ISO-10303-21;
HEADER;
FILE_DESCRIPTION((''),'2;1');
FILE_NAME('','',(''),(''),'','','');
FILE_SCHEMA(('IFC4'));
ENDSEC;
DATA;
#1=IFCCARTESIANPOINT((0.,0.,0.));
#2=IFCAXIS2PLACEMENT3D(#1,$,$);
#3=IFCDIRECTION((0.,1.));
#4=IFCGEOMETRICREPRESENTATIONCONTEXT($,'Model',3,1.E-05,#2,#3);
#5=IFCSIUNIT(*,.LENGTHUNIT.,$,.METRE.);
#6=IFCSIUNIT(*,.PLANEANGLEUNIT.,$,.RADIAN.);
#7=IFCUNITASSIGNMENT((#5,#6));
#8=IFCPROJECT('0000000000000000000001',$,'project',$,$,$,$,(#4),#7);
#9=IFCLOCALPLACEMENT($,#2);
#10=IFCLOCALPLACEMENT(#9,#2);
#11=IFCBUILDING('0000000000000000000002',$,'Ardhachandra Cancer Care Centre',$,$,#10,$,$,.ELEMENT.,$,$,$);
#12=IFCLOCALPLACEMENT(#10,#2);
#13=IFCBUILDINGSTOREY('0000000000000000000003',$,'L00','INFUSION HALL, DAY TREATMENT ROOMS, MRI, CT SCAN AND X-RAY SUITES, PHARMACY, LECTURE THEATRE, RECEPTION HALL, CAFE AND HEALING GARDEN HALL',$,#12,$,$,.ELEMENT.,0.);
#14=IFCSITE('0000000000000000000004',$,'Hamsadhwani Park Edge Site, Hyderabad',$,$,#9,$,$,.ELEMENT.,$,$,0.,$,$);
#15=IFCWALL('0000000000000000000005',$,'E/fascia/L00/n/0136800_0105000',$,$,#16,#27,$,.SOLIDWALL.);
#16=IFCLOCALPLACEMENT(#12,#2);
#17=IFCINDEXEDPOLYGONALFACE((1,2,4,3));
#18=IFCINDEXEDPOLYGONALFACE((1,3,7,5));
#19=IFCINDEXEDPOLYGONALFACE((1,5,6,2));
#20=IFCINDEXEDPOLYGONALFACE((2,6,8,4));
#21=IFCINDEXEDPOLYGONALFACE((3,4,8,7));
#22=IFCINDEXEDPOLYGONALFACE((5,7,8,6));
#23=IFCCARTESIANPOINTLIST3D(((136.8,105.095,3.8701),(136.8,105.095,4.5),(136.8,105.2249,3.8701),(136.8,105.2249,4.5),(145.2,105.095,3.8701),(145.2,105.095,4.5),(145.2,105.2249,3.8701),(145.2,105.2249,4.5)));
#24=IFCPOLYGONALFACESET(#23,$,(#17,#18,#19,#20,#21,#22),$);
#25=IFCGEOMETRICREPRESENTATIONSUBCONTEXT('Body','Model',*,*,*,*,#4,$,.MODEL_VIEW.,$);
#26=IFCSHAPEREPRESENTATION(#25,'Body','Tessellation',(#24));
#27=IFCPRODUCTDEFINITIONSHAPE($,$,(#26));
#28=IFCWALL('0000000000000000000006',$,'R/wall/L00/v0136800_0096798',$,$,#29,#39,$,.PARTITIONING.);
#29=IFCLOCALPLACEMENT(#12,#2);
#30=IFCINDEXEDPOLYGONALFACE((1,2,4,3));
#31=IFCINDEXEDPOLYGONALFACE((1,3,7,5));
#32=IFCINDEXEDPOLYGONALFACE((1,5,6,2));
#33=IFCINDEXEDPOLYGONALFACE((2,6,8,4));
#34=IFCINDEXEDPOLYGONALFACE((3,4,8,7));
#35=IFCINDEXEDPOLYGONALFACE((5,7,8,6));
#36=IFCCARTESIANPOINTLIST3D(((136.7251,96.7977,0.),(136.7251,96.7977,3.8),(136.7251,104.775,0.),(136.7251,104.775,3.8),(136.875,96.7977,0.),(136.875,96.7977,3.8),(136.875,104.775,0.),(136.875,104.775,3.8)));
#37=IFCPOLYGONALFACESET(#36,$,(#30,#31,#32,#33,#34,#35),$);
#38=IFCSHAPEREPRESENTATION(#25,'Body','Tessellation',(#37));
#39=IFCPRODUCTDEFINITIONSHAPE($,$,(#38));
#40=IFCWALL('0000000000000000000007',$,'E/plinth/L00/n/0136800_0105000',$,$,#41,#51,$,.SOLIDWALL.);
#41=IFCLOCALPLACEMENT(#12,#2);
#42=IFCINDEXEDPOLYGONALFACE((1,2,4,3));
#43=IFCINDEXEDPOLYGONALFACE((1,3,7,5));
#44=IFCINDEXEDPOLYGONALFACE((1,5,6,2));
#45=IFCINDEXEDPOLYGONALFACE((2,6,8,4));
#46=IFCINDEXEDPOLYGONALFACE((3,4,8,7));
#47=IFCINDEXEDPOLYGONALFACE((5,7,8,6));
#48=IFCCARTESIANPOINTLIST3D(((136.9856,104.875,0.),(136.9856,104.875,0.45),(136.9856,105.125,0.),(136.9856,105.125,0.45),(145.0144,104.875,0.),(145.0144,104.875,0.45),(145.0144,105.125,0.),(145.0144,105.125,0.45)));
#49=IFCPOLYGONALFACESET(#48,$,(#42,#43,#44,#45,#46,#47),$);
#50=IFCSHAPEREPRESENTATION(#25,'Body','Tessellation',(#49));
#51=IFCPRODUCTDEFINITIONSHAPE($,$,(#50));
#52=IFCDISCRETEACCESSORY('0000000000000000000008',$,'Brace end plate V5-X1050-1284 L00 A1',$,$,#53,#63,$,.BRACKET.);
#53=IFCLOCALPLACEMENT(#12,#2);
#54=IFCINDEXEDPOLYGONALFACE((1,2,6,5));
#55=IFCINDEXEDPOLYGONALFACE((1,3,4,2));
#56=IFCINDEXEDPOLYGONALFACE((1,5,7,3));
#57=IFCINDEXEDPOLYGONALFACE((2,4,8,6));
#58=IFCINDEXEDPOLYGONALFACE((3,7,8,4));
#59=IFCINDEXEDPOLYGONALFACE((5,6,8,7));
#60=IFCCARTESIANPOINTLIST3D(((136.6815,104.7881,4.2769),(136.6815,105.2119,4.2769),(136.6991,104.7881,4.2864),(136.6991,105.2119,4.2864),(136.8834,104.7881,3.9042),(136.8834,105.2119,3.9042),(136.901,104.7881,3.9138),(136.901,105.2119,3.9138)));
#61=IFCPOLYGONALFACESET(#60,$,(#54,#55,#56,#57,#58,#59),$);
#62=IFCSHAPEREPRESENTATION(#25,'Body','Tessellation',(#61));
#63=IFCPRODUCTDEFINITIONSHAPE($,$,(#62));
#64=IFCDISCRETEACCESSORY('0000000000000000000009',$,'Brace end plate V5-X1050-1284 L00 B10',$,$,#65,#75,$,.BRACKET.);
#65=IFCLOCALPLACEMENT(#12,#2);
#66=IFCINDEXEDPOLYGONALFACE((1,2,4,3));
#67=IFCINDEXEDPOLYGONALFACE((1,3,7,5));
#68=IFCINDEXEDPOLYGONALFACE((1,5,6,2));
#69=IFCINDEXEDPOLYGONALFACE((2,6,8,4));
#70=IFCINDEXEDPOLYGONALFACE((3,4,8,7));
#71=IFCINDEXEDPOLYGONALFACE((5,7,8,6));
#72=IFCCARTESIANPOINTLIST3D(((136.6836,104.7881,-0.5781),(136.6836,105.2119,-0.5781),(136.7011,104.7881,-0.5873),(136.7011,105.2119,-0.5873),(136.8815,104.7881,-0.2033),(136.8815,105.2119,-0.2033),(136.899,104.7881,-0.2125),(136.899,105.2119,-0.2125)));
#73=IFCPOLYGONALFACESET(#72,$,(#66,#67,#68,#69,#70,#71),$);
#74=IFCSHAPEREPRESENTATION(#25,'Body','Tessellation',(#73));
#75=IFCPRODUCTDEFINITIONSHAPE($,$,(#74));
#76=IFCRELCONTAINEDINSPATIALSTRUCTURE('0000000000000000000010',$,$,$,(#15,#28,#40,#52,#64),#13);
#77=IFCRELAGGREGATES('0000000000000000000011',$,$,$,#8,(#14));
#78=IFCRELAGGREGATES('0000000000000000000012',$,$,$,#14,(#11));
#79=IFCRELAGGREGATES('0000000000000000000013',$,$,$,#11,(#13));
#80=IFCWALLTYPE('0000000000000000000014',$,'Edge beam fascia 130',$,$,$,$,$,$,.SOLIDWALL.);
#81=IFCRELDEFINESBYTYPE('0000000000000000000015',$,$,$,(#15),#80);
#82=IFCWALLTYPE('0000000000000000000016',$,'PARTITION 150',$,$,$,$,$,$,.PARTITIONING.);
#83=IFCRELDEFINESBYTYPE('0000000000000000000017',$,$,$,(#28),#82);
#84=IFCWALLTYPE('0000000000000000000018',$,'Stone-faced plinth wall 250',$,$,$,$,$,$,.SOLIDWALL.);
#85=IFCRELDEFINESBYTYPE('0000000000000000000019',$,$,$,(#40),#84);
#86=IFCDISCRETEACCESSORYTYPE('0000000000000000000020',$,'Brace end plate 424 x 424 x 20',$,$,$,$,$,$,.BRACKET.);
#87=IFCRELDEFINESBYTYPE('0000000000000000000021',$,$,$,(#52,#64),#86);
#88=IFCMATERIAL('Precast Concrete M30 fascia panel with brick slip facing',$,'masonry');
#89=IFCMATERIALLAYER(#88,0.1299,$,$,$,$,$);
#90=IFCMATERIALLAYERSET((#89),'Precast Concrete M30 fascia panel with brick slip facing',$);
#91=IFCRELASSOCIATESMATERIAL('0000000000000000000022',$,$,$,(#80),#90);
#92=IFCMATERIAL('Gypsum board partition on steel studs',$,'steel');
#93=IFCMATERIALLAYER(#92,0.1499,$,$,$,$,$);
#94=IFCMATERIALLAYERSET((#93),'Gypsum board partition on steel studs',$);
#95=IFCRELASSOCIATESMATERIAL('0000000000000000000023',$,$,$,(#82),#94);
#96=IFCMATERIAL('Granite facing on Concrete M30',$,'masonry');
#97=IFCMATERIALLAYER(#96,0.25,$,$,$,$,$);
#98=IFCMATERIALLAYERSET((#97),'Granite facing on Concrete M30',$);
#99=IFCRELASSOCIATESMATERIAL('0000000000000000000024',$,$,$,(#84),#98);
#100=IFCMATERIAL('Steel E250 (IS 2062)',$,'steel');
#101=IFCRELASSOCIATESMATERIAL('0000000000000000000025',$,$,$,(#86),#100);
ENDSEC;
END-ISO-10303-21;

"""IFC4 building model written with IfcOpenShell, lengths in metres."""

from ifc_helpers import new_model, si_unit, direction, frame, frame_2d, origin, origin_2d, place, context, subcontext, project, spatial, rectangle, extrude, material, layer, layer_set, material_profile, profile_set, type_object, element, save


model = new_model("IFC4")

# Units and contexts
model_context = context("Model", 3, precision=1e-05, world=origin(), true_north=direction((0.0, 1.0)))
body_context = subcontext(model_context, "Body", "Model", "MODEL_VIEW")
ifc_project = project(units=[si_unit("LENGTHUNIT", "METRE"), si_unit("PLANEANGLEUNIT", "RADIAN")], contexts=[model_context])

# Site, building, storey
site_placement = place(None, origin())
site = spatial("IfcSite", under=ifc_project, at=site_placement, Name="Hamsadhwani Park Edge Site, Hyderabad", CompositionType="ELEMENT", RefElevation=0.0)
building_placement = place(site_placement, origin())
building = spatial("IfcBuilding", under=site, at=building_placement, Name="Ardhachandra Cancer Care Centre", CompositionType="ELEMENT")
storey_placement = place(building_placement, origin())
storey = spatial("IfcBuildingStorey", under=building, at=storey_placement, Name="L00", Description="INFUSION HALL, DAY TREATMENT ROOMS, MRI, CT SCAN AND X-RAY SUITES, PHARMACY, LECTURE THEATRE, RECEPTION HALL, CAFE AND HEALING GARDEN HALL", CompositionType="ELEMENT", Elevation=0.0)

# Walls
ifc_material_1 = material(Name="Precast Concrete M30 fascia panel with brick slip facing", Category="masonry")
ifc_layer_1 = layer(ifc_material_1, 0.1299)
ifc_layer_set_1 = layer_set([ifc_layer_1], Name="Precast Concrete M30 fascia panel with brick slip facing")
wall_type_1 = type_object("IfcWallType", Name="Edge beam fascia 130", PredefinedType="SOLIDWALL", material=ifc_layer_set_1)
wall_1_placement = place(storey_placement, frame((136.8, 105.1599, 3.8701), z_axis=(0.0, 0.0, 1.0), x_axis=(1.0, 0.0, 0.0)))
element("IfcWall", 1, at=wall_1_placement, inside=storey, type_object=wall_type_1, Name="E/fascia/L00/n/0136800_0105000", PredefinedType="SOLIDWALL", context=body_context, shape_type="SweptSolid", body=[
    extrude(rectangle(XDim=8.3999, YDim=0.1299, at=frame_2d((4.2, 0.0))), origin(), (0.0, 0.0, 1.0), 0.6299),
])
ifc_material_2 = material(Name="Gypsum board partition on steel studs", Category="steel")
ifc_layer_2 = layer(ifc_material_2, 0.1499)
ifc_layer_set_2 = layer_set([ifc_layer_2], Name="Gypsum board partition on steel studs")
wall_type_2 = type_object("IfcWallType", Name="PARTITION 150", PredefinedType="PARTITIONING", material=ifc_layer_set_2)
wall_2_placement = place(storey_placement, frame((136.8, 96.7976, 0.0), z_axis=(0.0, 0.0, 1.0), x_axis=(0.0, 1.0, 0.0)))
element("IfcWall", 2, at=wall_2_placement, inside=storey, type_object=wall_type_2, Name="R/wall/L00/v0136800_0096798", PredefinedType="PARTITIONING", context=body_context, shape_type="SweptSolid", body=[
    extrude(rectangle(XDim=7.9773, YDim=0.1499, at=frame_2d((3.9888, 0.0))), origin(), (0.0, 0.0, 1.0), 3.8),
])
ifc_material_3 = material(Name="Granite facing on Concrete M30", Category="masonry")
ifc_layer_3 = layer(ifc_material_3, 0.25)
ifc_layer_set_3 = layer_set([ifc_layer_3], Name="Granite facing on Concrete M30")
wall_type_3 = type_object("IfcWallType", Name="Stone-faced plinth wall 250", PredefinedType="SOLIDWALL", material=ifc_layer_set_3)
wall_3_placement = place(storey_placement, frame((136.9856, 105.0, 0.0), z_axis=(0.0, 0.0, 1.0), x_axis=(1.0, 0.0, 0.0)))
element("IfcWall", 3, at=wall_3_placement, inside=storey, type_object=wall_type_3, Name="E/plinth/L00/n/0136800_0105000", PredefinedType="SOLIDWALL", context=body_context, shape_type="SweptSolid", body=[
    extrude(rectangle(XDim=8.0288, YDim=0.25, at=frame_2d((4.0144, 0.0))), origin(), (0.0, 0.0, 1.0), 0.45),
])

# Discrete accessories
ifc_material_4 = material(Name="Steel E250 (IS 2062)", Category="steel")
ifc_material_profile_1 = material_profile(ifc_material_4, rectangle(XDim=0.4238, YDim=0.4238, at=origin_2d()), Name="PL 424x424x20")
ifc_profile_set_1 = profile_set([ifc_material_profile_1], Name="Steel E250 (IS 2062)")
discrete_accessory_type = type_object("IfcDiscreteAccessoryType", Name="Brace end plate 424 x 424 x 20", PredefinedType="BRACKET", material=ifc_profile_set_1)
discrete_accessory_1_placement = place(storey_placement, frame((136.8, 105.0, 4.1001), z_axis=(-0.879292, 0.0, -0.476283), x_axis=(0.0, -1.0, 0.0)))
element("IfcDiscreteAccessory", 4, at=discrete_accessory_1_placement, inside=storey, type_object=discrete_accessory_type, Name="Brace end plate V5-X1050-1284 L00 A1", PredefinedType="BRACKET", context=body_context, shape_type="SweptSolid", body=[
    extrude(rectangle(XDim=0.4238, YDim=0.4238, at=origin_2d()), origin(), (0.0, 0.0, 1.0), 0.02),
])
discrete_accessory_2_placement = place(storey_placement, frame((136.8, 105.0, -0.3999), z_axis=(-0.884385, 0.0, 0.466759), x_axis=(0.0, -1.0, 0.0)))
element("IfcDiscreteAccessory", 5, at=discrete_accessory_2_placement, inside=storey, type_object=discrete_accessory_type, Name="Brace end plate V5-X1050-1284 L00 B10", PredefinedType="BRACKET", context=body_context, shape_type="SweptSolid", body=[
    extrude(rectangle(XDim=0.4238, YDim=0.4238, at=origin_2d()), origin(), (0.0, 0.0, 1.0), 0.0198),
])

save(model, "model.ifc")
